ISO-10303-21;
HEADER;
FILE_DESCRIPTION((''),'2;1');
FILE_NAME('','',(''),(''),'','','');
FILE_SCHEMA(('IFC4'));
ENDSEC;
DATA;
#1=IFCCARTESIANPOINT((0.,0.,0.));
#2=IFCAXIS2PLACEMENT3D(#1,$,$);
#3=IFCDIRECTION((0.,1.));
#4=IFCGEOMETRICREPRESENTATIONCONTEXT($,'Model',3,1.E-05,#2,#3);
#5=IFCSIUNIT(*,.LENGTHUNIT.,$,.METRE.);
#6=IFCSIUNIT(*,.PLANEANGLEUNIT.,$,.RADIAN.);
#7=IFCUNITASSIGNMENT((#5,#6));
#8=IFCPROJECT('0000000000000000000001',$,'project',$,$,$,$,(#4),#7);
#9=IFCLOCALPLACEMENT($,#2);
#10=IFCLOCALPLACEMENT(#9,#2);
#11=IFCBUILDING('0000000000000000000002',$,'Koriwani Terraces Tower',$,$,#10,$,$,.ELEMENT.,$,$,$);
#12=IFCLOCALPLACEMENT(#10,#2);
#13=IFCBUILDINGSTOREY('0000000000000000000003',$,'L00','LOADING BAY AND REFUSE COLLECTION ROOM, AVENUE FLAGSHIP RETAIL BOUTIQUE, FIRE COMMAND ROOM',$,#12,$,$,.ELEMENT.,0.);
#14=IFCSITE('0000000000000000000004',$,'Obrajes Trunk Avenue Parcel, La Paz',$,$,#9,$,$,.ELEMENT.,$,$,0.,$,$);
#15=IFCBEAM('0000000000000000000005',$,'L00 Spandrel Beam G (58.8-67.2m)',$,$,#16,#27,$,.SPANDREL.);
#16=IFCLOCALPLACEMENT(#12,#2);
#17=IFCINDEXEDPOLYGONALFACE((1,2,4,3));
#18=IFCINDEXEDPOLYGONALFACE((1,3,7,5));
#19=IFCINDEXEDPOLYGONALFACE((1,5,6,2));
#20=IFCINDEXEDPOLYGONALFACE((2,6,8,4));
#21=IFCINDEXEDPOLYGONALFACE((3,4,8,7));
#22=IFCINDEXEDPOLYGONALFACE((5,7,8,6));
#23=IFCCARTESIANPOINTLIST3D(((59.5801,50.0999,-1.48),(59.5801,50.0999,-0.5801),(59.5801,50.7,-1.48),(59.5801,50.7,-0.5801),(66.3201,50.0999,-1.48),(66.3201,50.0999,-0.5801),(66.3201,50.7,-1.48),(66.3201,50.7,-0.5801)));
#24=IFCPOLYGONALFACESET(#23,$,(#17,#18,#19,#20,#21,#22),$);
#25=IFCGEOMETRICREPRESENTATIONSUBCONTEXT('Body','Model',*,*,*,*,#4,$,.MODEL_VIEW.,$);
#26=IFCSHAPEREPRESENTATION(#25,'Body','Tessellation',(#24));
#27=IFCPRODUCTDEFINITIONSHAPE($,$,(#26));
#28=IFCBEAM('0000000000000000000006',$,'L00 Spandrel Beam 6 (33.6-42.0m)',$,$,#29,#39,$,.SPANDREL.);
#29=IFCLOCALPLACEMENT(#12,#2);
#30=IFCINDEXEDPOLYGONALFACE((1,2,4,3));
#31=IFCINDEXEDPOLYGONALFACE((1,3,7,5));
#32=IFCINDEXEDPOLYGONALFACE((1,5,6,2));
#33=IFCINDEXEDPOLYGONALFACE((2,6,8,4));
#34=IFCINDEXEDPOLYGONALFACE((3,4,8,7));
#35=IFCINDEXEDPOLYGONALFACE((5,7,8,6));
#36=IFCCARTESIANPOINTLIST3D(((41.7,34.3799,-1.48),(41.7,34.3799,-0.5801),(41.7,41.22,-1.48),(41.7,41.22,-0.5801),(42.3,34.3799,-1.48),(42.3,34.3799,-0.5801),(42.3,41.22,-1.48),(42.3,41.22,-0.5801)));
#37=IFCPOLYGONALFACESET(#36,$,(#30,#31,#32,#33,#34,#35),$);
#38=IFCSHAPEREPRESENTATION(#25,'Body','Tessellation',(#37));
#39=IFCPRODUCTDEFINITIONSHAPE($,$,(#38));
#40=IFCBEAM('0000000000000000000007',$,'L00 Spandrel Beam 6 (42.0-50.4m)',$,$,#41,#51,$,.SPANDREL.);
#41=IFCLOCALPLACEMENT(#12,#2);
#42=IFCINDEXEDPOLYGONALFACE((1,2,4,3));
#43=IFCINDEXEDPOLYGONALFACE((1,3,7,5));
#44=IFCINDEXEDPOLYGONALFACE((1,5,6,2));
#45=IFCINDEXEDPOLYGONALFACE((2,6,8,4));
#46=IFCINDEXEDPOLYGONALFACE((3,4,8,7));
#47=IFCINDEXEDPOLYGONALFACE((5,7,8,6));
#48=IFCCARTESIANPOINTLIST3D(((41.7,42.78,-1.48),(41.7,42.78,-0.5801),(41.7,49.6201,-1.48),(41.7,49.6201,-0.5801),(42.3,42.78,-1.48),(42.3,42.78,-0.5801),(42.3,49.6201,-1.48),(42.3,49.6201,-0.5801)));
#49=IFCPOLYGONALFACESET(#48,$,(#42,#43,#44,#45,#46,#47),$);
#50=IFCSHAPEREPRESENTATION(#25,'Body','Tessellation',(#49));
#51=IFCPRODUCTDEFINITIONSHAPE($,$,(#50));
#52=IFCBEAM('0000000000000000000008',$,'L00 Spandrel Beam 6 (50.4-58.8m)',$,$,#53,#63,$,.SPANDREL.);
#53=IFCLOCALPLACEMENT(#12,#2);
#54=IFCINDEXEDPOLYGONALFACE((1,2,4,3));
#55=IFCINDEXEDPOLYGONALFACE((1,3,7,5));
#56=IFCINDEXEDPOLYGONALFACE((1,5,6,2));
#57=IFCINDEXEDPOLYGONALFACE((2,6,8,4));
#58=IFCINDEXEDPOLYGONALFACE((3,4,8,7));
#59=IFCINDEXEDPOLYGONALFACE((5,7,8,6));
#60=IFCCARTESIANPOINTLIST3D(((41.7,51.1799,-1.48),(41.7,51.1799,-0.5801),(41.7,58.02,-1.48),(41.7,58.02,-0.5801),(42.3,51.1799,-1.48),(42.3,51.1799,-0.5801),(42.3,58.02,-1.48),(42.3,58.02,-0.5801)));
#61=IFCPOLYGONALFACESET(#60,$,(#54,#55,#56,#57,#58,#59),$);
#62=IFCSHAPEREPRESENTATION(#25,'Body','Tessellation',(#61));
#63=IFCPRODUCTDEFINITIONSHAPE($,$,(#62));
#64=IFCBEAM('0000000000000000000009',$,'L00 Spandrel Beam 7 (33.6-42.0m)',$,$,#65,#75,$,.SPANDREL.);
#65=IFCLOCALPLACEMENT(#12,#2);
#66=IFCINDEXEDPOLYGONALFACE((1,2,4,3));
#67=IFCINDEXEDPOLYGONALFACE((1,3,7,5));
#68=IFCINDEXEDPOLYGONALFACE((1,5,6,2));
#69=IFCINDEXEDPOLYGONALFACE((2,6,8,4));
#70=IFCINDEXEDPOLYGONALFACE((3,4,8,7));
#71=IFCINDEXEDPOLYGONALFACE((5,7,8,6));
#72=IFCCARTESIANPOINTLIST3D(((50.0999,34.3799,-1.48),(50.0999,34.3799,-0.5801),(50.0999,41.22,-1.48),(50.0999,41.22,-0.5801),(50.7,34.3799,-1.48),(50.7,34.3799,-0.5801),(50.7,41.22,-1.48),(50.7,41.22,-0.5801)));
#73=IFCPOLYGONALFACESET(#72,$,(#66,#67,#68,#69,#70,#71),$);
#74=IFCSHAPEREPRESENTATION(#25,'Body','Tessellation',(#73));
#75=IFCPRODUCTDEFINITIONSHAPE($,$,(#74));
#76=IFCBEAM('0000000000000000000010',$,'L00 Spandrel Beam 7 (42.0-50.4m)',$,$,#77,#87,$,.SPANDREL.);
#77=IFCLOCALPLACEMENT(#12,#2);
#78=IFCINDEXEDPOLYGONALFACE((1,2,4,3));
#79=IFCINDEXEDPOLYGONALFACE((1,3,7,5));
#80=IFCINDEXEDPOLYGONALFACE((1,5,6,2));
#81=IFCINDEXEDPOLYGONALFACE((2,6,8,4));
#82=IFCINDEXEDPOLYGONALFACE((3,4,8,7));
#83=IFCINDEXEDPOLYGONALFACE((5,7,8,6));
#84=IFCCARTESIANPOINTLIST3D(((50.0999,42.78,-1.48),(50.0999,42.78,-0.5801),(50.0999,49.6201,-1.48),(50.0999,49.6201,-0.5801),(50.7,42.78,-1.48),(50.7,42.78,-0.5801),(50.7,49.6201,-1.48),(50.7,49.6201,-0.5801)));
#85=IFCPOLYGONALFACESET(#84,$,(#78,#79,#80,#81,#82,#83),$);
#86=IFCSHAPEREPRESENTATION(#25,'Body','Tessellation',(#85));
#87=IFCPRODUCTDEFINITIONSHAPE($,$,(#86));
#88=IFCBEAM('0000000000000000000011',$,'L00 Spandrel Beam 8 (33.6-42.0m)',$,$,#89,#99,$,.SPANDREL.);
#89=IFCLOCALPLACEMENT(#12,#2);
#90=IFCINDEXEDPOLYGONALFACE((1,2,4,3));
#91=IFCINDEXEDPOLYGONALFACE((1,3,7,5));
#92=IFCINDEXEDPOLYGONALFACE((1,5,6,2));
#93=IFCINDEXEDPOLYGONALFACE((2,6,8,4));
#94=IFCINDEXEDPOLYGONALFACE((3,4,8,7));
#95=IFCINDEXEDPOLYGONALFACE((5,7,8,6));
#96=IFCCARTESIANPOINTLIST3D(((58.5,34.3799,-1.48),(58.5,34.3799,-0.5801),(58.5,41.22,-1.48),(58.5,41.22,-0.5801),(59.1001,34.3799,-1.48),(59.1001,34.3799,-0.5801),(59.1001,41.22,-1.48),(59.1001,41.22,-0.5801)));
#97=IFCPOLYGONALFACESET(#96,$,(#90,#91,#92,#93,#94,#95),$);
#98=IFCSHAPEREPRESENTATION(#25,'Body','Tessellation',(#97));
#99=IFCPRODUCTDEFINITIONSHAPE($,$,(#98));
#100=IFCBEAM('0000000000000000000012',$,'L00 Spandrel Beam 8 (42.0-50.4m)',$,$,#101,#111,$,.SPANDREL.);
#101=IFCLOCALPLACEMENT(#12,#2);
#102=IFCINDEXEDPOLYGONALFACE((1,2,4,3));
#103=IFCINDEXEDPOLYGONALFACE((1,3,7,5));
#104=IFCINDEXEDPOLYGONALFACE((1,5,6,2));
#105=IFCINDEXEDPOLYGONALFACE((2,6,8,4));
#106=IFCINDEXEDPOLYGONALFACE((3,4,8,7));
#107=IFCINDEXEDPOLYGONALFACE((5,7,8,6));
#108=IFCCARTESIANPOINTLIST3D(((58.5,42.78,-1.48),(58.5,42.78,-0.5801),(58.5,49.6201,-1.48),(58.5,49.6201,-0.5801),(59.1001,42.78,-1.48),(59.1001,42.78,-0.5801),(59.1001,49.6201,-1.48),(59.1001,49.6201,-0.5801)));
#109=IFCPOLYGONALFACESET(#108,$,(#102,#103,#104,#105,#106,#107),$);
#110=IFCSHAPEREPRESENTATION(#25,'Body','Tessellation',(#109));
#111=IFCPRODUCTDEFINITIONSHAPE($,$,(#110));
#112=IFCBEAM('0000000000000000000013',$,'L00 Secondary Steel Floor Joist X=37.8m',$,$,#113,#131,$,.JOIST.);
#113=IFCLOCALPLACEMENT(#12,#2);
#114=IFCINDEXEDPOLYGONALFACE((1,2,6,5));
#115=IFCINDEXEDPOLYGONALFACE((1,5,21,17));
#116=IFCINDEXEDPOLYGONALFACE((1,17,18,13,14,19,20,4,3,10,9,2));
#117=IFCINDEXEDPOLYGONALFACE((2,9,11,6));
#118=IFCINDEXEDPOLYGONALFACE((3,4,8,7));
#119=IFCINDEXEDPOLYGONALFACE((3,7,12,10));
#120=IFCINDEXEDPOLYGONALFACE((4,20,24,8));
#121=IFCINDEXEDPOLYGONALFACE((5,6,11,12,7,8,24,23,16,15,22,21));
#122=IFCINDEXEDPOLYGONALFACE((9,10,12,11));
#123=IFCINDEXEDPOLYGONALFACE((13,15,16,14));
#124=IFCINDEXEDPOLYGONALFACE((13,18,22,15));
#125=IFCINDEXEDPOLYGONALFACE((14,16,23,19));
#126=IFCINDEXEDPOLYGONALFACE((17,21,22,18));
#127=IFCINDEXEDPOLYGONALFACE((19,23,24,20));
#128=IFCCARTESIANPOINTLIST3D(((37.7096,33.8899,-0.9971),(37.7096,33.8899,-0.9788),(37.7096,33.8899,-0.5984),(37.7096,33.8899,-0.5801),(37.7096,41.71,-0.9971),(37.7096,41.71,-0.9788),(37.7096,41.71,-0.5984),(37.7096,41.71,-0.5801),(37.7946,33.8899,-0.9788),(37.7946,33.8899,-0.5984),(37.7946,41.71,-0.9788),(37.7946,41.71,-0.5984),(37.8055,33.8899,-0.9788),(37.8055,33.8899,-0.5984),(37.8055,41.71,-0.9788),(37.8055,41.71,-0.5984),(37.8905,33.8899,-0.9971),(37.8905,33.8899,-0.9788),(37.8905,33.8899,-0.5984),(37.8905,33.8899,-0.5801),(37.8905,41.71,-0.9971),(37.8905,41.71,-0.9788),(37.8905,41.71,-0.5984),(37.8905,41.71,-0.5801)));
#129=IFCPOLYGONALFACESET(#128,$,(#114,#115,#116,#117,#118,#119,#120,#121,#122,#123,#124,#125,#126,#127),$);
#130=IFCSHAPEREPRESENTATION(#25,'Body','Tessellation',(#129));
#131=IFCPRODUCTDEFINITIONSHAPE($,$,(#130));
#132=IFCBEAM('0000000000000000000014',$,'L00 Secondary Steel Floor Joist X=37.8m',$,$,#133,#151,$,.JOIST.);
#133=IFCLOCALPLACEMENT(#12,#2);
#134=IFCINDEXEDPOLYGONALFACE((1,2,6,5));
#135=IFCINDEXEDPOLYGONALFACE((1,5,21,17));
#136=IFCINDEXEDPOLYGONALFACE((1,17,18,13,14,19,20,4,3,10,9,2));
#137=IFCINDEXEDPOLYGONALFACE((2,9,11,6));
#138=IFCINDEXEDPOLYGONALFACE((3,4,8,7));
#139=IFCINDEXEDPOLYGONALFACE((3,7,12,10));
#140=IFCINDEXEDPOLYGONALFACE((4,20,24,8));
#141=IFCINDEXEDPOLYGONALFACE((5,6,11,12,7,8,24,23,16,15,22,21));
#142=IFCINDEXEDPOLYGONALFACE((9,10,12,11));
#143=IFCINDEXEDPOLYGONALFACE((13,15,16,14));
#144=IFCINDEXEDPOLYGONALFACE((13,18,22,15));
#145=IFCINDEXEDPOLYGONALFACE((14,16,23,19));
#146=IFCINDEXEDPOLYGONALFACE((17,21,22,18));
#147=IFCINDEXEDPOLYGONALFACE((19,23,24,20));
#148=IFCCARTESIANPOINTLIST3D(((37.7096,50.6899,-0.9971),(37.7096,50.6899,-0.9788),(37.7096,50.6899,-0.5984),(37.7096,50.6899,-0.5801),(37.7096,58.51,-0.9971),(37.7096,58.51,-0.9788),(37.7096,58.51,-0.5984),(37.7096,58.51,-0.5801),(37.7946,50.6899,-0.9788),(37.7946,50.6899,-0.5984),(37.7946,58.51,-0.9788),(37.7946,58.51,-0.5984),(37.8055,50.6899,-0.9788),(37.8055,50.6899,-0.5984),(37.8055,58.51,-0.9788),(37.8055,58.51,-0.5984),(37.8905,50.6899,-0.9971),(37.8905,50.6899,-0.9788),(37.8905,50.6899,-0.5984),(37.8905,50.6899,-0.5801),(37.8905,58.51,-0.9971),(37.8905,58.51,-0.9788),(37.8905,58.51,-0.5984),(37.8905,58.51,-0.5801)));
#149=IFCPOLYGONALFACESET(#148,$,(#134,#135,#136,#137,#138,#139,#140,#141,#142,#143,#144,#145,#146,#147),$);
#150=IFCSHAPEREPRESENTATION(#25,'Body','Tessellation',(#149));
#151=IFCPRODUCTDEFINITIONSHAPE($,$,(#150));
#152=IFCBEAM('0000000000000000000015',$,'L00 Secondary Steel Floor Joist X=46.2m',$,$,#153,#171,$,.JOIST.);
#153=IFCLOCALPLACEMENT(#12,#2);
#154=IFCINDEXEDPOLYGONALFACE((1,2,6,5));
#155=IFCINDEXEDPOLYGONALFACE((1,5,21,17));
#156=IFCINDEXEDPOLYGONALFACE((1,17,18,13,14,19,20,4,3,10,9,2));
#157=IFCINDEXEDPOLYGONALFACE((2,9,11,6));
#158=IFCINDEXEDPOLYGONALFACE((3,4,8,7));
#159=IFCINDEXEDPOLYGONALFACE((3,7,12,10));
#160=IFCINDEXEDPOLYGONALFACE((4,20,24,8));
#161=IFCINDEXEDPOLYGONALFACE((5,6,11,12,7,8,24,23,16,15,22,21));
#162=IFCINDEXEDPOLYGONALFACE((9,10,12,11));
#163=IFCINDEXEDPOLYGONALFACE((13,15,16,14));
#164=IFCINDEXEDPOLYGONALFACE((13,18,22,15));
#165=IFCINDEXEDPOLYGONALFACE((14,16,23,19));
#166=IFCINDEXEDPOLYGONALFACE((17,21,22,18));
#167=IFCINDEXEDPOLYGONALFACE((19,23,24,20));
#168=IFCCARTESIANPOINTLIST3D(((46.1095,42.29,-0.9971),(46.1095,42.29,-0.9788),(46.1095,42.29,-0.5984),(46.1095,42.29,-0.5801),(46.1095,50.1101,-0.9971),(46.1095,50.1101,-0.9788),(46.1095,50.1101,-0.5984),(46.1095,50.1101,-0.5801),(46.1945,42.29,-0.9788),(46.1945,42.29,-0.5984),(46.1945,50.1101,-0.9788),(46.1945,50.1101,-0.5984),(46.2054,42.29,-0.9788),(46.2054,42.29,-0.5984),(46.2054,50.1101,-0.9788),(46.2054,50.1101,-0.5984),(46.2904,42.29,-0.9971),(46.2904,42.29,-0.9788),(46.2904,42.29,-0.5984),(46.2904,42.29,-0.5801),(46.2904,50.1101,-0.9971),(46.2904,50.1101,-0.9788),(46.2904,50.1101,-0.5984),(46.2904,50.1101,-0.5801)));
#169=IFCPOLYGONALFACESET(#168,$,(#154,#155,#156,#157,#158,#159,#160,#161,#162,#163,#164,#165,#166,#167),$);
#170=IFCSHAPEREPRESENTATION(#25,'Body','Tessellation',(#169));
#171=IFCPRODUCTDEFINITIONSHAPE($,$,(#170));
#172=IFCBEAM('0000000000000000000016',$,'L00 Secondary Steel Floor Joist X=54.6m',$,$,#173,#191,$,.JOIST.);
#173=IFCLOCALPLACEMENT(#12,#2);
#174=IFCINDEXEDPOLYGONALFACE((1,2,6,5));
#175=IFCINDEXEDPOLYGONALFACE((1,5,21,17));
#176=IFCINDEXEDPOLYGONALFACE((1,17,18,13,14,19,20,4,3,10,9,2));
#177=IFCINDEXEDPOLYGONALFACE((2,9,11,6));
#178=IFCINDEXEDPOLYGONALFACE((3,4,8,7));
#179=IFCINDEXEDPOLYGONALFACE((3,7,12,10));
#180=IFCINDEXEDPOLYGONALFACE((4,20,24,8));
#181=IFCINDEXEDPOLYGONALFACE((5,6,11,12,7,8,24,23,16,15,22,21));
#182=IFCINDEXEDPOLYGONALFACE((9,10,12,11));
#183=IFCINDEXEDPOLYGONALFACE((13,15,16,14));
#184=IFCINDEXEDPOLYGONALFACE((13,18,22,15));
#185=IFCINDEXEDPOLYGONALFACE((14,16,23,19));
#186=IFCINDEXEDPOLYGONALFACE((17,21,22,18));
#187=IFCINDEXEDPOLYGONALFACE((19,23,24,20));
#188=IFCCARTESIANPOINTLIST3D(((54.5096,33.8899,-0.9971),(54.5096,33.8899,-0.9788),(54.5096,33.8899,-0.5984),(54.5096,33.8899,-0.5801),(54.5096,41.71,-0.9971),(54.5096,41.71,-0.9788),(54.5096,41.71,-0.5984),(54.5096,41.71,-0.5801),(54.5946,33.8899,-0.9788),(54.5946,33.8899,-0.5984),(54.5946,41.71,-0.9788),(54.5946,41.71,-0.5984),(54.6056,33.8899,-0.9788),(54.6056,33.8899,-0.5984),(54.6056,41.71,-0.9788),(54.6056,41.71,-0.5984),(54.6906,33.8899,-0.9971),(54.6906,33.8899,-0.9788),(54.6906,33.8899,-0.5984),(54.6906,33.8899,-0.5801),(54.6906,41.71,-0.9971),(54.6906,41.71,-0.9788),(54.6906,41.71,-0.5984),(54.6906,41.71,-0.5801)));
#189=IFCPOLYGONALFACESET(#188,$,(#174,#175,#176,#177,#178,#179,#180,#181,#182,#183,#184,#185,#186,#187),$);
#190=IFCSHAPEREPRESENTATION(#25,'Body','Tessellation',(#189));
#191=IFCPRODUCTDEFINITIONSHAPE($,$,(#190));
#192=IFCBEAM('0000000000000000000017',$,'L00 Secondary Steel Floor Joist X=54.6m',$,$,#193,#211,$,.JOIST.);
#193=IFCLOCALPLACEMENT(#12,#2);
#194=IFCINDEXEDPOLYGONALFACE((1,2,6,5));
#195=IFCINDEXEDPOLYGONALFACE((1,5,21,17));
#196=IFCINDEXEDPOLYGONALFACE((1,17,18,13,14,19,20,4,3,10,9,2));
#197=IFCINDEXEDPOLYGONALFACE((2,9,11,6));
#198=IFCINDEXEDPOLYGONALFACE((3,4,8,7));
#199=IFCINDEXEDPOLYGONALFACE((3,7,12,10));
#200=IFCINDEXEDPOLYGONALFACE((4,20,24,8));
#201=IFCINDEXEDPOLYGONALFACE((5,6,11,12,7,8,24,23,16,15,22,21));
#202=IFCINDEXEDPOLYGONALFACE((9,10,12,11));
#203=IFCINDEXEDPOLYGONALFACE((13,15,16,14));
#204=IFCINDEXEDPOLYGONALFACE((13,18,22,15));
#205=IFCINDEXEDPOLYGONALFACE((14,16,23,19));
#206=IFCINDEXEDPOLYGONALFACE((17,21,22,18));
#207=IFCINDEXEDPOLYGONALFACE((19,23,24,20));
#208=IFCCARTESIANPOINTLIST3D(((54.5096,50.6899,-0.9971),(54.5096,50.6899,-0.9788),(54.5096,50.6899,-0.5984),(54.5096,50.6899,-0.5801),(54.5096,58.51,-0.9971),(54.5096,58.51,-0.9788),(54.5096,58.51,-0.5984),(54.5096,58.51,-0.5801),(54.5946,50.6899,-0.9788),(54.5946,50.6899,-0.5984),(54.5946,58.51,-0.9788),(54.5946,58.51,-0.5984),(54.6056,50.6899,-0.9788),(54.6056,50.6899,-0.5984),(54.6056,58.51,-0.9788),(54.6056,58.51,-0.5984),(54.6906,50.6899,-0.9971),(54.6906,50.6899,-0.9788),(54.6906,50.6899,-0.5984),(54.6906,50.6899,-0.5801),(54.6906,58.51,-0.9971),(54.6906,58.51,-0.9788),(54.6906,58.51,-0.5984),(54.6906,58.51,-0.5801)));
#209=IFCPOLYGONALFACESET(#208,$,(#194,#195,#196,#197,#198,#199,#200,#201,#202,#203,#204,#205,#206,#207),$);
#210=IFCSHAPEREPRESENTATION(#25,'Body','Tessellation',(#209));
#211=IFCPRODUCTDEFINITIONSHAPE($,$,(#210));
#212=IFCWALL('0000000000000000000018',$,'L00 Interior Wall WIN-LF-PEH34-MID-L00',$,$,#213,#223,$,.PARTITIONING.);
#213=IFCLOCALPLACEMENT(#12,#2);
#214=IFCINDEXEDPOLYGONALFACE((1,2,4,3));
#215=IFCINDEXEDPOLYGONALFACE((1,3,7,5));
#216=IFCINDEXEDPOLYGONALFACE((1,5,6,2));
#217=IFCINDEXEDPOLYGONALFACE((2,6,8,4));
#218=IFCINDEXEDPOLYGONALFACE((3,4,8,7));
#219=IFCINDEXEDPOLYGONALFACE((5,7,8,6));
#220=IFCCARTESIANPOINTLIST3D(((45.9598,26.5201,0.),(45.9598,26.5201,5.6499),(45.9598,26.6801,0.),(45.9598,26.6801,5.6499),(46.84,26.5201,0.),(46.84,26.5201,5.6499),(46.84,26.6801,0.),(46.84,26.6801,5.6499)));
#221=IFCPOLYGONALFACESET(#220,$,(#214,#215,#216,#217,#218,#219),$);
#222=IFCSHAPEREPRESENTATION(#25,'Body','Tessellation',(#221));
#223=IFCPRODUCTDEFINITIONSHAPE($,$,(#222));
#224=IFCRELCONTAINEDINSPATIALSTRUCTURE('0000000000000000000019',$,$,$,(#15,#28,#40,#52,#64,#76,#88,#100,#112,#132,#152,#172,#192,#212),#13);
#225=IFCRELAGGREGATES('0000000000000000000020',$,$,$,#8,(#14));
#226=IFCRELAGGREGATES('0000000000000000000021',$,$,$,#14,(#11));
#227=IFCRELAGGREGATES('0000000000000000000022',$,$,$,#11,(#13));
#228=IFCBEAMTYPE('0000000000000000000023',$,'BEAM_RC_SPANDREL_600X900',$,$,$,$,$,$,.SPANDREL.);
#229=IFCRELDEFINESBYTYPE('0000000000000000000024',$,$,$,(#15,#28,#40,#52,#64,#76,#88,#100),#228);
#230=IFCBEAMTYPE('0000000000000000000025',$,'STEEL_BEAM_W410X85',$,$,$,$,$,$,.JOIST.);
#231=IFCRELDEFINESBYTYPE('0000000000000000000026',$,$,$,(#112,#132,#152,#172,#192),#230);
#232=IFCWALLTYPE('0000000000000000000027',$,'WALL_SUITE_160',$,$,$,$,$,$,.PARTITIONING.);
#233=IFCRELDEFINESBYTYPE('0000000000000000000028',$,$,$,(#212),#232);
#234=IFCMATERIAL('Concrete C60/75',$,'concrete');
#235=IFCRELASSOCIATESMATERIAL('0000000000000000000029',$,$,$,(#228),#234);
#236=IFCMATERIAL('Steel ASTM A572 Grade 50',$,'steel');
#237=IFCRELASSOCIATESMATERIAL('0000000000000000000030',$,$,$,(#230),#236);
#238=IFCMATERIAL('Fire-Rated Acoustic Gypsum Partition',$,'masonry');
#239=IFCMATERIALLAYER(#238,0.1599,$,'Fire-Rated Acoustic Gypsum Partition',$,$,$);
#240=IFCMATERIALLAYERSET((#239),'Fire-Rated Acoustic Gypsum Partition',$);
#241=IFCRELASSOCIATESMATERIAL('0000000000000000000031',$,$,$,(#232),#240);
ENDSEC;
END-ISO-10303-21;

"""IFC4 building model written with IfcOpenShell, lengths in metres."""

from ifc_helpers import new_model, si_unit, direction, frame, frame_2d, origin, origin_2d, place, context, subcontext, project, spatial, rectangle, i_section, extrude, material, layer, layer_set, material_profile, profile_set, type_object, element, save


model = new_model("IFC4")

# Units and contexts
model_context = context("Model", 3, precision=1e-05, world=origin(), true_north=direction((0.0, 1.0)))
body_context = subcontext(model_context, "Body", "Model", "MODEL_VIEW")
ifc_project = project(units=[si_unit("LENGTHUNIT", "METRE"), si_unit("PLANEANGLEUNIT", "RADIAN")], contexts=[model_context])

# Site, building, storey
site_placement = place(None, origin())
site = spatial("IfcSite", under=ifc_project, at=site_placement, Name="Obrajes Trunk Avenue Parcel, La Paz", CompositionType="ELEMENT", RefElevation=0.0)
building_placement = place(site_placement, origin())
building = spatial("IfcBuilding", under=site, at=building_placement, Name="Koriwani Terraces Tower", CompositionType="ELEMENT")
storey_placement = place(building_placement, origin())
storey = spatial("IfcBuildingStorey", under=building, at=storey_placement, Name="L00", Description="LOADING BAY AND REFUSE COLLECTION ROOM, AVENUE FLAGSHIP RETAIL BOUTIQUE, FIRE COMMAND ROOM", CompositionType="ELEMENT", Elevation=0.0)

# Shared definitions
ifc_material_1 = material(Name="Concrete C60/75", Category="concrete")

# Beams
ifc_material_profile_1 = material_profile(ifc_material_1, rectangle(XDim=0.6001, YDim=0.8999, at=origin_2d()), Name="Concrete C60/75", Category="LoadBearing")
ifc_profile_set_1 = profile_set([ifc_material_profile_1], Name="Concrete C60/75")
beam_type_1 = type_object("IfcBeamType", Name="BEAM_RC_SPANDREL_600X900", PredefinedType="SPANDREL", material=ifc_profile_set_1)
beam_1_placement = place(storey_placement, frame((59.5801, 50.3999, -1.03), z_axis=(1.0, 0.0, 0.0), x_axis=(0.0, 1.0, 0.0)))
element("IfcBeam", 1, at=beam_1_placement, inside=storey, type_object=beam_type_1, Name="L00 Spandrel Beam G (58.8-67.2m)", PredefinedType="SPANDREL", context=body_context, shape_type="SweptSolid", body=[
    extrude(rectangle(XDim=0.6001, YDim=0.8999, at=origin_2d()), origin(), (0.0, 0.0, 1.0), 6.74),
])
for number, where, z_axis, x_axis, name in (
    (2, (42.0, 34.3799, -1.03), (0.0, 1.0, 0.0), (-1.0, 0.0, 0.0), "L00 Spandrel Beam 6 (33.6-42.0m)"),
    (3, (42.0, 42.78, -1.03), (0.0, 1.0, 0.0), (-1.0, 0.0, 0.0), "L00 Spandrel Beam 6 (42.0-50.4m)"),
    (4, (42.0, 51.1799, -1.03), (0.0, 1.0, 0.0), (-1.0, 0.0, 0.0), "L00 Spandrel Beam 6 (50.4-58.8m)"),
    (5, (50.3999, 34.3799, -1.03), (0.0, 1.0, 0.0), (-1.0, 0.0, 0.0), "L00 Spandrel Beam 7 (33.6-42.0m)"),
    (6, (50.3999, 42.78, -1.03), (0.0, 1.0, 0.0), (-1.0, 0.0, 0.0), "L00 Spandrel Beam 7 (42.0-50.4m)"),
    (7, (58.8, 34.3799, -1.03), (0.0, 1.0, 0.0), (-1.0, 0.0, 0.0), "L00 Spandrel Beam 8 (33.6-42.0m)"),
    (8, (58.8, 42.78, -1.03), (0.0, 1.0, 0.0), (-1.0, 0.0, 0.0), "L00 Spandrel Beam 8 (42.0-50.4m)"),
):
    element("IfcBeam", number, at=place(storey_placement, frame(where, z_axis=z_axis, x_axis=x_axis)), inside=storey, type_object=beam_type_1, Name=name, PredefinedType="SPANDREL", context=body_context, shape_type="SweptSolid", body=[
        extrude(rectangle(XDim=0.6001, YDim=0.8999, at=origin_2d()), origin(), (0.0, 0.0, 1.0), 6.8401),
    ])
ifc_material_2 = material(Name="Steel ASTM A572 Grade 50", Category="steel")
ifc_material_profile_2 = material_profile(ifc_material_2, i_section(OverallWidth=0.1809, OverallDepth=0.417, WebThickness=0.011, FlangeThickness=0.0183, at=origin_2d()), Name="Steel ASTM A572 Grade 50", Category="LoadBearing")
ifc_profile_set_2 = profile_set([ifc_material_profile_2], Name="Steel ASTM A572 Grade 50")
beam_type_2 = type_object("IfcBeamType", Name="STEEL_BEAM_W410X85", PredefinedType="JOIST", material=ifc_profile_set_2)
for number, where, z_axis, x_axis, name in (
    (9, (37.8, 33.8899, -0.7886), (0.0, 1.0, 0.0), (-1.0, 0.0, 0.0), "L00 Secondary Steel Floor Joist X=37.8m"),
    (10, (37.8, 50.6899, -0.7886), (0.0, 1.0, 0.0), (-1.0, 0.0, 0.0), "L00 Secondary Steel Floor Joist X=37.8m"),
    (11, (46.2, 42.29, -0.7886), (0.0, 1.0, 0.0), (-1.0, 0.0, 0.0), "L00 Secondary Steel Floor Joist X=46.2m"),
    (12, (54.6001, 33.8899, -0.7886), (0.0, 1.0, 0.0), (-1.0, 0.0, 0.0), "L00 Secondary Steel Floor Joist X=54.6m"),
    (13, (54.6001, 50.6899, -0.7886), (0.0, 1.0, 0.0), (-1.0, 0.0, 0.0), "L00 Secondary Steel Floor Joist X=54.6m"),
):
    element("IfcBeam", number, at=place(storey_placement, frame(where, z_axis=z_axis, x_axis=x_axis)), inside=storey, type_object=beam_type_2, Name=name, PredefinedType="JOIST", context=body_context, shape_type="SweptSolid", body=[
        extrude(i_section(OverallWidth=0.1809, OverallDepth=0.417, WebThickness=0.011, FlangeThickness=0.0183, at=origin_2d()), origin(), (0.0, 0.0, 1.0), 7.8201),
    ])

# Wall
ifc_material_3 = material(Name="Fire-Rated Acoustic Gypsum Partition", Category="masonry")
ifc_layer_1 = layer(ifc_material_3, 0.1599, Name="Fire-Rated Acoustic Gypsum Partition")
ifc_layer_set_1 = layer_set([ifc_layer_1], Name="Fire-Rated Acoustic Gypsum Partition")
wall_type_1 = type_object("IfcWallType", Name="WALL_SUITE_160", PredefinedType="PARTITIONING", material=ifc_layer_set_1)
wall_1_placement = place(storey_placement, frame((45.96, 26.6001, 0.0), z_axis=(0.0, 0.0, 1.0), x_axis=(1.0, 0.0, 0.0)))
element("IfcWall", 14, at=wall_1_placement, inside=storey, type_object=wall_type_1, Name="L00 Interior Wall WIN-LF-PEH34-MID-L00", PredefinedType="PARTITIONING", context=body_context, shape_type="SweptSolid", body=[
    extrude(rectangle(XDim=0.8801, YDim=0.1599, at=frame_2d((0.4399, 0.0))), origin(), (0.0, 0.0, 1.0), 5.6499),
])

save(model, "model.ifc")
